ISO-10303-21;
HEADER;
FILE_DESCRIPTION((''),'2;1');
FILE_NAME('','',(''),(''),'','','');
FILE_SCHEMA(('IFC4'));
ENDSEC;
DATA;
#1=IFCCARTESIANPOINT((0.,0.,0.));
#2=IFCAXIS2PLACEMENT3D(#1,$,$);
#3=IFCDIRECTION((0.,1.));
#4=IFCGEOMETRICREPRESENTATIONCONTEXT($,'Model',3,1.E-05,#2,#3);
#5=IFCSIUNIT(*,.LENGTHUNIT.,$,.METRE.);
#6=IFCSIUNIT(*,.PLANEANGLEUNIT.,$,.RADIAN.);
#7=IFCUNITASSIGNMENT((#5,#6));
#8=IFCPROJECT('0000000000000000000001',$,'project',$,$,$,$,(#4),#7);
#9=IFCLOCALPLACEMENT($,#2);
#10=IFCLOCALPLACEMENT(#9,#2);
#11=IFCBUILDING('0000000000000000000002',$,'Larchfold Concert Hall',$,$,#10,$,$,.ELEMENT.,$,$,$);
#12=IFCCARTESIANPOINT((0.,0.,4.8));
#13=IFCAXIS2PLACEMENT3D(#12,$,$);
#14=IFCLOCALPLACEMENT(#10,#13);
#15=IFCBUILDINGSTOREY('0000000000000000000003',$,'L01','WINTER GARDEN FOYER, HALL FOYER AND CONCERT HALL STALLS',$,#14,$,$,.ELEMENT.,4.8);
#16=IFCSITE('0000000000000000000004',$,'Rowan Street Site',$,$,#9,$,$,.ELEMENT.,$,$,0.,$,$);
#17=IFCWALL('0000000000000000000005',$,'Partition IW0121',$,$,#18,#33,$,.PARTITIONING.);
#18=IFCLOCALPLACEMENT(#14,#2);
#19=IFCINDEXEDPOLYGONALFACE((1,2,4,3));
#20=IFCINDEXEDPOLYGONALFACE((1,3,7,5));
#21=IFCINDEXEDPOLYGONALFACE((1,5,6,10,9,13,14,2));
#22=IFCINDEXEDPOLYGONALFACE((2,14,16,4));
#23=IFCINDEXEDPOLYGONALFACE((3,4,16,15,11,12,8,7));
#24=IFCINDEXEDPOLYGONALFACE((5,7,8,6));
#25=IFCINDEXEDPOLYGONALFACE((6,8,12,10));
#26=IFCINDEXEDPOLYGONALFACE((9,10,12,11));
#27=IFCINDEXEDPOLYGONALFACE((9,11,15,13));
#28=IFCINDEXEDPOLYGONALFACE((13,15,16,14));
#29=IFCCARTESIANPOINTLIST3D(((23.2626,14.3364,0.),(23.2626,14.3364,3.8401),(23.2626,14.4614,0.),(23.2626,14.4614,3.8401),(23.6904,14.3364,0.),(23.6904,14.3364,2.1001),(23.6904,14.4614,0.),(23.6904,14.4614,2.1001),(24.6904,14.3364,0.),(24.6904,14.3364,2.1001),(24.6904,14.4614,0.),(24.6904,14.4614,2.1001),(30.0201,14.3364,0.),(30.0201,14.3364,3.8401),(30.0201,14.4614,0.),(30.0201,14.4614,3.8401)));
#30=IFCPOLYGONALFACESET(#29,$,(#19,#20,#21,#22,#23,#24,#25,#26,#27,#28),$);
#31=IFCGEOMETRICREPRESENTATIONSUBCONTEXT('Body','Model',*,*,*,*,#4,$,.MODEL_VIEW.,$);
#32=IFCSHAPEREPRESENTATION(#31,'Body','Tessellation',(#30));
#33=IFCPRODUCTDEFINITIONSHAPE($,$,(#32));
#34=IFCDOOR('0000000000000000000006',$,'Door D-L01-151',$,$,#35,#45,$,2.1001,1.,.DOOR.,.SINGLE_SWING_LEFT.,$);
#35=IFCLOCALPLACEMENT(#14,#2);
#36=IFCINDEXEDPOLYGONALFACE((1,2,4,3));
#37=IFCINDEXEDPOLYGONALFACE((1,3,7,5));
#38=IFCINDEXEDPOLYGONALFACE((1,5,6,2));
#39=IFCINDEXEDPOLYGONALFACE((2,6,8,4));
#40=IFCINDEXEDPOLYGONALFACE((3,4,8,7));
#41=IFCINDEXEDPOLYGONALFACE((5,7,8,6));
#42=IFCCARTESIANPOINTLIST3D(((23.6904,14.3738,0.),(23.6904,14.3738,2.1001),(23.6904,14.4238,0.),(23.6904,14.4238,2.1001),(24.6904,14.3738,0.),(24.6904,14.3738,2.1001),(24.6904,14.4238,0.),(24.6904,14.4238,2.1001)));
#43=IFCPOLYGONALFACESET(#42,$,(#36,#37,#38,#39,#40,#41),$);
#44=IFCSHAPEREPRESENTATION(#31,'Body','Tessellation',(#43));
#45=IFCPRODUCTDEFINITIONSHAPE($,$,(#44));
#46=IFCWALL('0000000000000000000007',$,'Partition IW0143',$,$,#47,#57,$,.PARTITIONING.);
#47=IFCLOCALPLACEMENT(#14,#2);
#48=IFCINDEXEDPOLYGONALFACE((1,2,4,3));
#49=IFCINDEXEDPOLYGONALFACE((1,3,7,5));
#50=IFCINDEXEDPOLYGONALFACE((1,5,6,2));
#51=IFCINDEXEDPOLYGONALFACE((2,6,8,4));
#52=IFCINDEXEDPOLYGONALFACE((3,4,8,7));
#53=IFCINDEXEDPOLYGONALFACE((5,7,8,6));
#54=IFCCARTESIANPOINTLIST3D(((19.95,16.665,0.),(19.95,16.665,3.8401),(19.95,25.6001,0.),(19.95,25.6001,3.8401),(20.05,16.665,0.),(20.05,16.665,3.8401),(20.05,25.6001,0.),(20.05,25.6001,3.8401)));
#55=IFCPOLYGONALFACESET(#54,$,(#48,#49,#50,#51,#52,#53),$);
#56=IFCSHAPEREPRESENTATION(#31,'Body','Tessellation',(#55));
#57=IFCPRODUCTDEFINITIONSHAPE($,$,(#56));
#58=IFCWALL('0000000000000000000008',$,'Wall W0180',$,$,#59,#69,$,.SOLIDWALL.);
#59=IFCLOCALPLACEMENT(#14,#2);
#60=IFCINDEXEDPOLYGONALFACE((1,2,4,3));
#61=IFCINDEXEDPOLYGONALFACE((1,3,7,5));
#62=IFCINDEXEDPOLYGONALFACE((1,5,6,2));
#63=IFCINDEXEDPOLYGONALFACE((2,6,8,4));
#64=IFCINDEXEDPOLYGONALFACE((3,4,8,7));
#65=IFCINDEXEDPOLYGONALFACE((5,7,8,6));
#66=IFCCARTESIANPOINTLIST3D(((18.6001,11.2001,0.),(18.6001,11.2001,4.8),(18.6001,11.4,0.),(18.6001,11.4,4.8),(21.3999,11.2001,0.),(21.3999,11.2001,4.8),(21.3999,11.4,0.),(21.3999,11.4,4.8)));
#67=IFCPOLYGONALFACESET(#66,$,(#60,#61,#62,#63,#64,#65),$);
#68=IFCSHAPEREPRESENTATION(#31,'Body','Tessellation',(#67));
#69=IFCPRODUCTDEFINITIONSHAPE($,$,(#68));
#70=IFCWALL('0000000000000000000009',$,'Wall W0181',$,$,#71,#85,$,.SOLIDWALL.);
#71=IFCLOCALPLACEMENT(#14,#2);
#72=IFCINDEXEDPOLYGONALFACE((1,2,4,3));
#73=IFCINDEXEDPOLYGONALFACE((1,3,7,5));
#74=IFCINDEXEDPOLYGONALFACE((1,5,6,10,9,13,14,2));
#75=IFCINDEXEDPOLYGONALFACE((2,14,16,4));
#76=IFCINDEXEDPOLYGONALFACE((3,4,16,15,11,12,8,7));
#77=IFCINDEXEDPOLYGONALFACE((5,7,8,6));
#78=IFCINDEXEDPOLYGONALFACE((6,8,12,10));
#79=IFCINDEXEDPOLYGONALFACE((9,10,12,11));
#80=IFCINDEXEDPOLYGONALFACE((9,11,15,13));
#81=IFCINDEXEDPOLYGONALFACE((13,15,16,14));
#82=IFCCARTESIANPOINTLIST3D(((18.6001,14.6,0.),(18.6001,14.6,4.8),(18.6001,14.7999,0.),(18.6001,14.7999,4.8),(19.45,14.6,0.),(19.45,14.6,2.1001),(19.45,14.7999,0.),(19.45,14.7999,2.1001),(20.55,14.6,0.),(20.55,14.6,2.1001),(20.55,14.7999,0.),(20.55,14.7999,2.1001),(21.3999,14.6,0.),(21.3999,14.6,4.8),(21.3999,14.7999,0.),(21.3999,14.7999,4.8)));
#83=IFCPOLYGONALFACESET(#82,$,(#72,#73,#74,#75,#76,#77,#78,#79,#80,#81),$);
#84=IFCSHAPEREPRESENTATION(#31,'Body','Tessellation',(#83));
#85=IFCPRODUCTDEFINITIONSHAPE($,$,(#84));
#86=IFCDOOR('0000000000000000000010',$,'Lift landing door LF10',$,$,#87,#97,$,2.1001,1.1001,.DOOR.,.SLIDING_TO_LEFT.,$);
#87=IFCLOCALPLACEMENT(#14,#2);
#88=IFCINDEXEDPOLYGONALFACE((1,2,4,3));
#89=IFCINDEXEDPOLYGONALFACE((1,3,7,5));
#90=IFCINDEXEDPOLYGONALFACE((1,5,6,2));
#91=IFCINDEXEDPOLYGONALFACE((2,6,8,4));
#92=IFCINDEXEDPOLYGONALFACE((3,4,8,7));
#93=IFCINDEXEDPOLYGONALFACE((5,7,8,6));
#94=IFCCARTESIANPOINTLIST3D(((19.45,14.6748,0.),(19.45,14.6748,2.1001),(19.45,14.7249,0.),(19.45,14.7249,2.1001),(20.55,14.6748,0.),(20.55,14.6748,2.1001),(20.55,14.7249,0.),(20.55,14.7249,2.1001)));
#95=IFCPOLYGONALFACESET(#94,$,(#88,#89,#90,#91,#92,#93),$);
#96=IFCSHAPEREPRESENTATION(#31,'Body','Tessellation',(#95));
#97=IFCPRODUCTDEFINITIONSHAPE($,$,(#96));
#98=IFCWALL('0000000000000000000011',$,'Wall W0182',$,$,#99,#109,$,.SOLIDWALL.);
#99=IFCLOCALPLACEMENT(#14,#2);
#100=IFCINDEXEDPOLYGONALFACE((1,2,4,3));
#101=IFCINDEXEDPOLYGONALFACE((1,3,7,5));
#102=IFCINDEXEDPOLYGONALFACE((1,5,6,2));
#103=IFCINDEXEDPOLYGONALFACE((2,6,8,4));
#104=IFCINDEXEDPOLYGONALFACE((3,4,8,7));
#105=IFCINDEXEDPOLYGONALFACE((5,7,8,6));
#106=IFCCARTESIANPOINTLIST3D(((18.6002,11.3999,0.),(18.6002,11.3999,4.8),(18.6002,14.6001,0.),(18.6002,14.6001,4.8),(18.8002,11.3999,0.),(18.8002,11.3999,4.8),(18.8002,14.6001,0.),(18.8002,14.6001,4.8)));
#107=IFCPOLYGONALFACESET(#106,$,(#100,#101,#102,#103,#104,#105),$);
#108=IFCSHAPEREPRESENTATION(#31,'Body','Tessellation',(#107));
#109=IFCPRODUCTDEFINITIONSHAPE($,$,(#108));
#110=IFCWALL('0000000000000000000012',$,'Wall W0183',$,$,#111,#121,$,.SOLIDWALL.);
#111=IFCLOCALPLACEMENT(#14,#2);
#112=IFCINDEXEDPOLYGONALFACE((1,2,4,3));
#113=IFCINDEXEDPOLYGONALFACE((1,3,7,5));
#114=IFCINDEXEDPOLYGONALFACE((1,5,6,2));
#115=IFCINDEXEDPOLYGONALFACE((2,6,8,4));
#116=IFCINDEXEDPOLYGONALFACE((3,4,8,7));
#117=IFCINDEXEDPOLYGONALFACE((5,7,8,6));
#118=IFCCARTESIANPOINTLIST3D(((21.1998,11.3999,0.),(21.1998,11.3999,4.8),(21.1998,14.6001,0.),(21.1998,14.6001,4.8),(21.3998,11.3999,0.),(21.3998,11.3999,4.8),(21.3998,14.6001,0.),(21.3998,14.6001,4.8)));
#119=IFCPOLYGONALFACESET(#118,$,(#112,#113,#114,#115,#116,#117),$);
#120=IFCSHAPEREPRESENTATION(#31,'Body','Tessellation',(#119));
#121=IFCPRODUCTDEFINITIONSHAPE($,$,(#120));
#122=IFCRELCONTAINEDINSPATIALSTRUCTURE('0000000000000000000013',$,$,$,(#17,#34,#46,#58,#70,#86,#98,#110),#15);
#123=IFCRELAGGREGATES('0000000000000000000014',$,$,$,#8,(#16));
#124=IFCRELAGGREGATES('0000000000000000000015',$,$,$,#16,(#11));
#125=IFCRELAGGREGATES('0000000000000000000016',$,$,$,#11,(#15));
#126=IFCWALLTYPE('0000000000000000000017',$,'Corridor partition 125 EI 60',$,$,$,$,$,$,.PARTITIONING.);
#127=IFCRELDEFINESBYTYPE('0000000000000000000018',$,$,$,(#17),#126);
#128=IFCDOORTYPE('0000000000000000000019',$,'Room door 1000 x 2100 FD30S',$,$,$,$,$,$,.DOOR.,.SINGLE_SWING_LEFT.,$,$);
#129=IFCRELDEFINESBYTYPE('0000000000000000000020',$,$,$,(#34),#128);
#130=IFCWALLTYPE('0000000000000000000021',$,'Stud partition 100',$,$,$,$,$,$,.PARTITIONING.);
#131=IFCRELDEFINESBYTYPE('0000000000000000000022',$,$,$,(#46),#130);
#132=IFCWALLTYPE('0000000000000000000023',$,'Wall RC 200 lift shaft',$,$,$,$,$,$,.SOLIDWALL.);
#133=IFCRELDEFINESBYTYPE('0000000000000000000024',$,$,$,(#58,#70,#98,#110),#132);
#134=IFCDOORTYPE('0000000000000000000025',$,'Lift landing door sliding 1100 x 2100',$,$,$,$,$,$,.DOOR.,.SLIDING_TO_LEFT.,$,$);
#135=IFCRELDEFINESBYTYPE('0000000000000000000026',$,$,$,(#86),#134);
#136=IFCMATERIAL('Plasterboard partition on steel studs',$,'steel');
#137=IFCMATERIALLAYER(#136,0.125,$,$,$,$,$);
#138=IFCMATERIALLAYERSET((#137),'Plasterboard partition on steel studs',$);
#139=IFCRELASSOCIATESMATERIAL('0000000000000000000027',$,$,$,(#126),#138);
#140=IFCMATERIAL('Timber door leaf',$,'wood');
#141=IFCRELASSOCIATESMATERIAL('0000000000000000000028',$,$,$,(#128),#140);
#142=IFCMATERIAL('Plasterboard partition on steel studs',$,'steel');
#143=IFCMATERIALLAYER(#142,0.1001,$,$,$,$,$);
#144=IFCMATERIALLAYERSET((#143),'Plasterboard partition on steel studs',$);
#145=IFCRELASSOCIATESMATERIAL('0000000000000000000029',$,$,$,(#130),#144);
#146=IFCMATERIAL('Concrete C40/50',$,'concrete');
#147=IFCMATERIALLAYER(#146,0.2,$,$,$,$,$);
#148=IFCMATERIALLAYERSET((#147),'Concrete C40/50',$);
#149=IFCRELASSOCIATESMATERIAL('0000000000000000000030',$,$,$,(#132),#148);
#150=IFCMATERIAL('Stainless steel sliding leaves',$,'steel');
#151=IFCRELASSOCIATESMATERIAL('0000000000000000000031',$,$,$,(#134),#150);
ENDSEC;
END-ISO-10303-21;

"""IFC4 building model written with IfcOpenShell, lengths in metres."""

from ifc_helpers import new_model, si_unit, direction, frame, frame_2d, origin, place, context, subcontext, project, spatial, rectangle, extrude, material, layer, layer_set, type_object, element, fill, save


model = new_model("IFC4")

# Units and contexts
model_context = context("Model", 3, precision=1e-05, world=origin(), true_north=direction((0.0, 1.0)))
body_context = subcontext(model_context, "Body", "Model", "MODEL_VIEW")
ifc_project = project(units=[si_unit("LENGTHUNIT", "METRE"), si_unit("PLANEANGLEUNIT", "RADIAN")], contexts=[model_context])

# Site, building, storey
site_placement = place(None, origin())
site = spatial("IfcSite", under=ifc_project, at=site_placement, Name="Rowan Street Site", CompositionType="ELEMENT", RefElevation=0.0)
building_placement = place(site_placement, origin())
building = spatial("IfcBuilding", under=site, at=building_placement, Name="Larchfold Concert Hall", CompositionType="ELEMENT")
storey_placement = place(building_placement, frame((0.0, 0.0, 4.8)))
storey = spatial("IfcBuildingStorey", under=building, at=storey_placement, Name="L01", Description="WINTER GARDEN FOYER, HALL FOYER AND CONCERT HALL STALLS", CompositionType="ELEMENT", Elevation=4.8)

# Shared definitions
ifc_material_1 = material(Name="Plasterboard partition on steel studs", Category="steel")
ifc_layer_1 = layer(ifc_material_1, 0.125)
ifc_layer_set_1 = layer_set([ifc_layer_1], Name="Plasterboard partition on steel studs")
wall_type_1 = type_object("IfcWallType", Name="Corridor partition 125 EI 60", PredefinedType="PARTITIONING", material=ifc_layer_set_1)

# Wall, opening, door
wall_1_placement = place(storey_placement, frame((23.2625, 14.3989, 0.0), z_axis=(0.0, 0.0, 1.0), x_axis=(1.0, 0.0, 0.0)))
wall_1 = element("IfcWall", 1, at=wall_1_placement, inside=storey, type_object=wall_type_1, Name="Partition IW0121", PredefinedType="PARTITIONING", context=body_context, shape_type="SweptSolid", body=[
    extrude(rectangle(XDim=6.7576, YDim=0.125, at=frame_2d((3.3789, 0.0))), origin(), (0.0, 0.0, 1.0), 3.8401),
])
opening_1_placement = place(wall_1_placement, frame((0.428, 0.0, 0.0)))
opening_1 = element("IfcOpeningElement", 2, at=opening_1_placement, cuts=wall_1, PredefinedType="OPENING", context=body_context, shape_type="SweptSolid", body=[
    extrude(rectangle(XDim=1.0, YDim=2.1001, at=frame_2d((0.5, 1.05))), frame((0.0, 0.0725, 0.0), z_axis=(0.0, -1.0, 0.0), x_axis=(1.0, 0.0, 0.0)), (0.0, 0.0, 1.0), 0.145),
])
ifc_material_2 = material(Name="Timber door leaf", Category="wood")
door_type_1 = type_object("IfcDoorType", Name="Room door 1000 x 2100 FD30S", OperationType="SINGLE_SWING_LEFT", PredefinedType="DOOR", material=ifc_material_2)
door_1_placement = place(opening_1_placement, origin())
door_1 = element("IfcDoor", 3, at=door_1_placement, inside=storey, type_object=door_type_1, Name="Door D-L01-151", OperationType="SINGLE_SWING_LEFT", OverallHeight=2.1001, OverallWidth=1.0, PredefinedType="DOOR", context=body_context, shape_type="SweptSolid", body=[
    extrude(rectangle(XDim=1.0, YDim=2.1001, at=frame_2d((0.5, 1.05))), frame((0.0, 0.0249, 0.0), z_axis=(0.0, -1.0, 0.0), x_axis=(1.0, 0.0, 0.0)), (0.0, 0.0, 1.0), 0.05),
])
fill(opening_1, door_1)

# Walls
ifc_material_3 = material(Name="Plasterboard partition on steel studs", Category="steel")
ifc_layer_2 = layer(ifc_material_3, 0.1001)
ifc_layer_set_2 = layer_set([ifc_layer_2], Name="Plasterboard partition on steel studs")
wall_type_2 = type_object("IfcWallType", Name="Stud partition 100", PredefinedType="PARTITIONING", material=ifc_layer_set_2)
wall_2_placement = place(storey_placement, frame((20.0, 16.665, 0.0), z_axis=(0.0, 0.0, 1.0), x_axis=(0.0, 1.0, 0.0)))
element("IfcWall", 4, at=wall_2_placement, inside=storey, type_object=wall_type_2, Name="Partition IW0143", PredefinedType="PARTITIONING", context=body_context, shape_type="SweptSolid", body=[
    extrude(rectangle(XDim=8.9351, YDim=0.1001, at=frame_2d((4.4675, 0.0))), origin(), (0.0, 0.0, 1.0), 3.8401),
])
ifc_material_4 = material(Name="Concrete C40/50", Category="concrete")
ifc_layer_3 = layer(ifc_material_4, 0.2)
ifc_layer_set_3 = layer_set([ifc_layer_3], Name="Concrete C40/50")
wall_type_3 = type_object("IfcWallType", Name="Wall RC 200 lift shaft", PredefinedType="SOLIDWALL", material=ifc_layer_set_3)
wall_3_placement = place(storey_placement, frame((18.6001, 11.3, 0.0), z_axis=(0.0, 0.0, 1.0), x_axis=(1.0, 0.0, 0.0)))
element("IfcWall", 5, at=wall_3_placement, inside=storey, type_object=wall_type_3, Name="Wall W0180", PredefinedType="SOLIDWALL", context=body_context, shape_type="SweptSolid", body=[
    extrude(rectangle(XDim=2.7998, YDim=0.2, at=frame_2d((1.3999, 0.0))), origin(), (0.0, 0.0, 1.0), 4.8),
])

# Wall, opening, door
wall_4_placement = place(storey_placement, frame((18.6001, 14.7, 0.0), z_axis=(0.0, 0.0, 1.0), x_axis=(1.0, 0.0, 0.0)))
wall_4 = element("IfcWall", 6, at=wall_4_placement, inside=storey, type_object=wall_type_3, Name="Wall W0181", PredefinedType="SOLIDWALL", context=body_context, shape_type="SweptSolid", body=[
    extrude(rectangle(XDim=2.7998, YDim=0.2, at=frame_2d((1.3999, 0.0))), origin(), (0.0, 0.0, 1.0), 4.8),
])
opening_2_placement = place(wall_4_placement, frame((0.8499, 0.0, 0.0)))
opening_2 = element("IfcOpeningElement", 7, at=opening_2_placement, cuts=wall_4, PredefinedType="OPENING", context=body_context, shape_type="SweptSolid", body=[
    extrude(rectangle(XDim=1.1001, YDim=2.1001, at=frame_2d((0.55, 1.05))), frame((0.0, 0.1099, 0.0), z_axis=(0.0, -1.0, 0.0), x_axis=(1.0, 0.0, 0.0)), (0.0, 0.0, 1.0), 0.22),
])
ifc_material_5 = material(Name="Stainless steel sliding leaves", Category="steel")
door_type_2 = type_object("IfcDoorType", Name="Lift landing door sliding 1100 x 2100", OperationType="SLIDING_TO_LEFT", PredefinedType="DOOR", material=ifc_material_5)
door_2_placement = place(opening_2_placement, origin())
door_2 = element("IfcDoor", 8, at=door_2_placement, inside=storey, type_object=door_type_2, Name="Lift landing door LF10", OperationType="SLIDING_TO_LEFT", OverallHeight=2.1001, OverallWidth=1.1001, PredefinedType="DOOR", context=body_context, shape_type="SweptSolid", body=[
    extrude(rectangle(XDim=1.1001, YDim=2.1001, at=frame_2d((0.55, 1.05))), frame((0.0, 0.0249, 0.0), z_axis=(0.0, -1.0, 0.0), x_axis=(1.0, 0.0, 0.0)), (0.0, 0.0, 1.0), 0.05),
])
fill(opening_2, door_2)

# Walls
for number, where, z_axis, x_axis, name in (
    (9, (18.7002, 11.3999, 0.0), (0.0, 0.0, 1.0), (0.0, 1.0, 0.0), "Wall W0182"),
    (10, (21.2998, 11.3999, 0.0), (0.0, 0.0, 1.0), (0.0, 1.0, 0.0), "Wall W0183"),
):
    element("IfcWall", number, at=place(storey_placement, frame(where, z_axis=z_axis, x_axis=x_axis)), inside=storey, type_object=wall_type_3, Name=name, PredefinedType="SOLIDWALL", context=body_context, shape_type="SweptSolid", body=[
        extrude(rectangle(XDim=3.2002, YDim=0.2, at=frame_2d((1.6001, 0.0))), origin(), (0.0, 0.0, 1.0), 4.8),
    ])

save(model, "model.ifc")
